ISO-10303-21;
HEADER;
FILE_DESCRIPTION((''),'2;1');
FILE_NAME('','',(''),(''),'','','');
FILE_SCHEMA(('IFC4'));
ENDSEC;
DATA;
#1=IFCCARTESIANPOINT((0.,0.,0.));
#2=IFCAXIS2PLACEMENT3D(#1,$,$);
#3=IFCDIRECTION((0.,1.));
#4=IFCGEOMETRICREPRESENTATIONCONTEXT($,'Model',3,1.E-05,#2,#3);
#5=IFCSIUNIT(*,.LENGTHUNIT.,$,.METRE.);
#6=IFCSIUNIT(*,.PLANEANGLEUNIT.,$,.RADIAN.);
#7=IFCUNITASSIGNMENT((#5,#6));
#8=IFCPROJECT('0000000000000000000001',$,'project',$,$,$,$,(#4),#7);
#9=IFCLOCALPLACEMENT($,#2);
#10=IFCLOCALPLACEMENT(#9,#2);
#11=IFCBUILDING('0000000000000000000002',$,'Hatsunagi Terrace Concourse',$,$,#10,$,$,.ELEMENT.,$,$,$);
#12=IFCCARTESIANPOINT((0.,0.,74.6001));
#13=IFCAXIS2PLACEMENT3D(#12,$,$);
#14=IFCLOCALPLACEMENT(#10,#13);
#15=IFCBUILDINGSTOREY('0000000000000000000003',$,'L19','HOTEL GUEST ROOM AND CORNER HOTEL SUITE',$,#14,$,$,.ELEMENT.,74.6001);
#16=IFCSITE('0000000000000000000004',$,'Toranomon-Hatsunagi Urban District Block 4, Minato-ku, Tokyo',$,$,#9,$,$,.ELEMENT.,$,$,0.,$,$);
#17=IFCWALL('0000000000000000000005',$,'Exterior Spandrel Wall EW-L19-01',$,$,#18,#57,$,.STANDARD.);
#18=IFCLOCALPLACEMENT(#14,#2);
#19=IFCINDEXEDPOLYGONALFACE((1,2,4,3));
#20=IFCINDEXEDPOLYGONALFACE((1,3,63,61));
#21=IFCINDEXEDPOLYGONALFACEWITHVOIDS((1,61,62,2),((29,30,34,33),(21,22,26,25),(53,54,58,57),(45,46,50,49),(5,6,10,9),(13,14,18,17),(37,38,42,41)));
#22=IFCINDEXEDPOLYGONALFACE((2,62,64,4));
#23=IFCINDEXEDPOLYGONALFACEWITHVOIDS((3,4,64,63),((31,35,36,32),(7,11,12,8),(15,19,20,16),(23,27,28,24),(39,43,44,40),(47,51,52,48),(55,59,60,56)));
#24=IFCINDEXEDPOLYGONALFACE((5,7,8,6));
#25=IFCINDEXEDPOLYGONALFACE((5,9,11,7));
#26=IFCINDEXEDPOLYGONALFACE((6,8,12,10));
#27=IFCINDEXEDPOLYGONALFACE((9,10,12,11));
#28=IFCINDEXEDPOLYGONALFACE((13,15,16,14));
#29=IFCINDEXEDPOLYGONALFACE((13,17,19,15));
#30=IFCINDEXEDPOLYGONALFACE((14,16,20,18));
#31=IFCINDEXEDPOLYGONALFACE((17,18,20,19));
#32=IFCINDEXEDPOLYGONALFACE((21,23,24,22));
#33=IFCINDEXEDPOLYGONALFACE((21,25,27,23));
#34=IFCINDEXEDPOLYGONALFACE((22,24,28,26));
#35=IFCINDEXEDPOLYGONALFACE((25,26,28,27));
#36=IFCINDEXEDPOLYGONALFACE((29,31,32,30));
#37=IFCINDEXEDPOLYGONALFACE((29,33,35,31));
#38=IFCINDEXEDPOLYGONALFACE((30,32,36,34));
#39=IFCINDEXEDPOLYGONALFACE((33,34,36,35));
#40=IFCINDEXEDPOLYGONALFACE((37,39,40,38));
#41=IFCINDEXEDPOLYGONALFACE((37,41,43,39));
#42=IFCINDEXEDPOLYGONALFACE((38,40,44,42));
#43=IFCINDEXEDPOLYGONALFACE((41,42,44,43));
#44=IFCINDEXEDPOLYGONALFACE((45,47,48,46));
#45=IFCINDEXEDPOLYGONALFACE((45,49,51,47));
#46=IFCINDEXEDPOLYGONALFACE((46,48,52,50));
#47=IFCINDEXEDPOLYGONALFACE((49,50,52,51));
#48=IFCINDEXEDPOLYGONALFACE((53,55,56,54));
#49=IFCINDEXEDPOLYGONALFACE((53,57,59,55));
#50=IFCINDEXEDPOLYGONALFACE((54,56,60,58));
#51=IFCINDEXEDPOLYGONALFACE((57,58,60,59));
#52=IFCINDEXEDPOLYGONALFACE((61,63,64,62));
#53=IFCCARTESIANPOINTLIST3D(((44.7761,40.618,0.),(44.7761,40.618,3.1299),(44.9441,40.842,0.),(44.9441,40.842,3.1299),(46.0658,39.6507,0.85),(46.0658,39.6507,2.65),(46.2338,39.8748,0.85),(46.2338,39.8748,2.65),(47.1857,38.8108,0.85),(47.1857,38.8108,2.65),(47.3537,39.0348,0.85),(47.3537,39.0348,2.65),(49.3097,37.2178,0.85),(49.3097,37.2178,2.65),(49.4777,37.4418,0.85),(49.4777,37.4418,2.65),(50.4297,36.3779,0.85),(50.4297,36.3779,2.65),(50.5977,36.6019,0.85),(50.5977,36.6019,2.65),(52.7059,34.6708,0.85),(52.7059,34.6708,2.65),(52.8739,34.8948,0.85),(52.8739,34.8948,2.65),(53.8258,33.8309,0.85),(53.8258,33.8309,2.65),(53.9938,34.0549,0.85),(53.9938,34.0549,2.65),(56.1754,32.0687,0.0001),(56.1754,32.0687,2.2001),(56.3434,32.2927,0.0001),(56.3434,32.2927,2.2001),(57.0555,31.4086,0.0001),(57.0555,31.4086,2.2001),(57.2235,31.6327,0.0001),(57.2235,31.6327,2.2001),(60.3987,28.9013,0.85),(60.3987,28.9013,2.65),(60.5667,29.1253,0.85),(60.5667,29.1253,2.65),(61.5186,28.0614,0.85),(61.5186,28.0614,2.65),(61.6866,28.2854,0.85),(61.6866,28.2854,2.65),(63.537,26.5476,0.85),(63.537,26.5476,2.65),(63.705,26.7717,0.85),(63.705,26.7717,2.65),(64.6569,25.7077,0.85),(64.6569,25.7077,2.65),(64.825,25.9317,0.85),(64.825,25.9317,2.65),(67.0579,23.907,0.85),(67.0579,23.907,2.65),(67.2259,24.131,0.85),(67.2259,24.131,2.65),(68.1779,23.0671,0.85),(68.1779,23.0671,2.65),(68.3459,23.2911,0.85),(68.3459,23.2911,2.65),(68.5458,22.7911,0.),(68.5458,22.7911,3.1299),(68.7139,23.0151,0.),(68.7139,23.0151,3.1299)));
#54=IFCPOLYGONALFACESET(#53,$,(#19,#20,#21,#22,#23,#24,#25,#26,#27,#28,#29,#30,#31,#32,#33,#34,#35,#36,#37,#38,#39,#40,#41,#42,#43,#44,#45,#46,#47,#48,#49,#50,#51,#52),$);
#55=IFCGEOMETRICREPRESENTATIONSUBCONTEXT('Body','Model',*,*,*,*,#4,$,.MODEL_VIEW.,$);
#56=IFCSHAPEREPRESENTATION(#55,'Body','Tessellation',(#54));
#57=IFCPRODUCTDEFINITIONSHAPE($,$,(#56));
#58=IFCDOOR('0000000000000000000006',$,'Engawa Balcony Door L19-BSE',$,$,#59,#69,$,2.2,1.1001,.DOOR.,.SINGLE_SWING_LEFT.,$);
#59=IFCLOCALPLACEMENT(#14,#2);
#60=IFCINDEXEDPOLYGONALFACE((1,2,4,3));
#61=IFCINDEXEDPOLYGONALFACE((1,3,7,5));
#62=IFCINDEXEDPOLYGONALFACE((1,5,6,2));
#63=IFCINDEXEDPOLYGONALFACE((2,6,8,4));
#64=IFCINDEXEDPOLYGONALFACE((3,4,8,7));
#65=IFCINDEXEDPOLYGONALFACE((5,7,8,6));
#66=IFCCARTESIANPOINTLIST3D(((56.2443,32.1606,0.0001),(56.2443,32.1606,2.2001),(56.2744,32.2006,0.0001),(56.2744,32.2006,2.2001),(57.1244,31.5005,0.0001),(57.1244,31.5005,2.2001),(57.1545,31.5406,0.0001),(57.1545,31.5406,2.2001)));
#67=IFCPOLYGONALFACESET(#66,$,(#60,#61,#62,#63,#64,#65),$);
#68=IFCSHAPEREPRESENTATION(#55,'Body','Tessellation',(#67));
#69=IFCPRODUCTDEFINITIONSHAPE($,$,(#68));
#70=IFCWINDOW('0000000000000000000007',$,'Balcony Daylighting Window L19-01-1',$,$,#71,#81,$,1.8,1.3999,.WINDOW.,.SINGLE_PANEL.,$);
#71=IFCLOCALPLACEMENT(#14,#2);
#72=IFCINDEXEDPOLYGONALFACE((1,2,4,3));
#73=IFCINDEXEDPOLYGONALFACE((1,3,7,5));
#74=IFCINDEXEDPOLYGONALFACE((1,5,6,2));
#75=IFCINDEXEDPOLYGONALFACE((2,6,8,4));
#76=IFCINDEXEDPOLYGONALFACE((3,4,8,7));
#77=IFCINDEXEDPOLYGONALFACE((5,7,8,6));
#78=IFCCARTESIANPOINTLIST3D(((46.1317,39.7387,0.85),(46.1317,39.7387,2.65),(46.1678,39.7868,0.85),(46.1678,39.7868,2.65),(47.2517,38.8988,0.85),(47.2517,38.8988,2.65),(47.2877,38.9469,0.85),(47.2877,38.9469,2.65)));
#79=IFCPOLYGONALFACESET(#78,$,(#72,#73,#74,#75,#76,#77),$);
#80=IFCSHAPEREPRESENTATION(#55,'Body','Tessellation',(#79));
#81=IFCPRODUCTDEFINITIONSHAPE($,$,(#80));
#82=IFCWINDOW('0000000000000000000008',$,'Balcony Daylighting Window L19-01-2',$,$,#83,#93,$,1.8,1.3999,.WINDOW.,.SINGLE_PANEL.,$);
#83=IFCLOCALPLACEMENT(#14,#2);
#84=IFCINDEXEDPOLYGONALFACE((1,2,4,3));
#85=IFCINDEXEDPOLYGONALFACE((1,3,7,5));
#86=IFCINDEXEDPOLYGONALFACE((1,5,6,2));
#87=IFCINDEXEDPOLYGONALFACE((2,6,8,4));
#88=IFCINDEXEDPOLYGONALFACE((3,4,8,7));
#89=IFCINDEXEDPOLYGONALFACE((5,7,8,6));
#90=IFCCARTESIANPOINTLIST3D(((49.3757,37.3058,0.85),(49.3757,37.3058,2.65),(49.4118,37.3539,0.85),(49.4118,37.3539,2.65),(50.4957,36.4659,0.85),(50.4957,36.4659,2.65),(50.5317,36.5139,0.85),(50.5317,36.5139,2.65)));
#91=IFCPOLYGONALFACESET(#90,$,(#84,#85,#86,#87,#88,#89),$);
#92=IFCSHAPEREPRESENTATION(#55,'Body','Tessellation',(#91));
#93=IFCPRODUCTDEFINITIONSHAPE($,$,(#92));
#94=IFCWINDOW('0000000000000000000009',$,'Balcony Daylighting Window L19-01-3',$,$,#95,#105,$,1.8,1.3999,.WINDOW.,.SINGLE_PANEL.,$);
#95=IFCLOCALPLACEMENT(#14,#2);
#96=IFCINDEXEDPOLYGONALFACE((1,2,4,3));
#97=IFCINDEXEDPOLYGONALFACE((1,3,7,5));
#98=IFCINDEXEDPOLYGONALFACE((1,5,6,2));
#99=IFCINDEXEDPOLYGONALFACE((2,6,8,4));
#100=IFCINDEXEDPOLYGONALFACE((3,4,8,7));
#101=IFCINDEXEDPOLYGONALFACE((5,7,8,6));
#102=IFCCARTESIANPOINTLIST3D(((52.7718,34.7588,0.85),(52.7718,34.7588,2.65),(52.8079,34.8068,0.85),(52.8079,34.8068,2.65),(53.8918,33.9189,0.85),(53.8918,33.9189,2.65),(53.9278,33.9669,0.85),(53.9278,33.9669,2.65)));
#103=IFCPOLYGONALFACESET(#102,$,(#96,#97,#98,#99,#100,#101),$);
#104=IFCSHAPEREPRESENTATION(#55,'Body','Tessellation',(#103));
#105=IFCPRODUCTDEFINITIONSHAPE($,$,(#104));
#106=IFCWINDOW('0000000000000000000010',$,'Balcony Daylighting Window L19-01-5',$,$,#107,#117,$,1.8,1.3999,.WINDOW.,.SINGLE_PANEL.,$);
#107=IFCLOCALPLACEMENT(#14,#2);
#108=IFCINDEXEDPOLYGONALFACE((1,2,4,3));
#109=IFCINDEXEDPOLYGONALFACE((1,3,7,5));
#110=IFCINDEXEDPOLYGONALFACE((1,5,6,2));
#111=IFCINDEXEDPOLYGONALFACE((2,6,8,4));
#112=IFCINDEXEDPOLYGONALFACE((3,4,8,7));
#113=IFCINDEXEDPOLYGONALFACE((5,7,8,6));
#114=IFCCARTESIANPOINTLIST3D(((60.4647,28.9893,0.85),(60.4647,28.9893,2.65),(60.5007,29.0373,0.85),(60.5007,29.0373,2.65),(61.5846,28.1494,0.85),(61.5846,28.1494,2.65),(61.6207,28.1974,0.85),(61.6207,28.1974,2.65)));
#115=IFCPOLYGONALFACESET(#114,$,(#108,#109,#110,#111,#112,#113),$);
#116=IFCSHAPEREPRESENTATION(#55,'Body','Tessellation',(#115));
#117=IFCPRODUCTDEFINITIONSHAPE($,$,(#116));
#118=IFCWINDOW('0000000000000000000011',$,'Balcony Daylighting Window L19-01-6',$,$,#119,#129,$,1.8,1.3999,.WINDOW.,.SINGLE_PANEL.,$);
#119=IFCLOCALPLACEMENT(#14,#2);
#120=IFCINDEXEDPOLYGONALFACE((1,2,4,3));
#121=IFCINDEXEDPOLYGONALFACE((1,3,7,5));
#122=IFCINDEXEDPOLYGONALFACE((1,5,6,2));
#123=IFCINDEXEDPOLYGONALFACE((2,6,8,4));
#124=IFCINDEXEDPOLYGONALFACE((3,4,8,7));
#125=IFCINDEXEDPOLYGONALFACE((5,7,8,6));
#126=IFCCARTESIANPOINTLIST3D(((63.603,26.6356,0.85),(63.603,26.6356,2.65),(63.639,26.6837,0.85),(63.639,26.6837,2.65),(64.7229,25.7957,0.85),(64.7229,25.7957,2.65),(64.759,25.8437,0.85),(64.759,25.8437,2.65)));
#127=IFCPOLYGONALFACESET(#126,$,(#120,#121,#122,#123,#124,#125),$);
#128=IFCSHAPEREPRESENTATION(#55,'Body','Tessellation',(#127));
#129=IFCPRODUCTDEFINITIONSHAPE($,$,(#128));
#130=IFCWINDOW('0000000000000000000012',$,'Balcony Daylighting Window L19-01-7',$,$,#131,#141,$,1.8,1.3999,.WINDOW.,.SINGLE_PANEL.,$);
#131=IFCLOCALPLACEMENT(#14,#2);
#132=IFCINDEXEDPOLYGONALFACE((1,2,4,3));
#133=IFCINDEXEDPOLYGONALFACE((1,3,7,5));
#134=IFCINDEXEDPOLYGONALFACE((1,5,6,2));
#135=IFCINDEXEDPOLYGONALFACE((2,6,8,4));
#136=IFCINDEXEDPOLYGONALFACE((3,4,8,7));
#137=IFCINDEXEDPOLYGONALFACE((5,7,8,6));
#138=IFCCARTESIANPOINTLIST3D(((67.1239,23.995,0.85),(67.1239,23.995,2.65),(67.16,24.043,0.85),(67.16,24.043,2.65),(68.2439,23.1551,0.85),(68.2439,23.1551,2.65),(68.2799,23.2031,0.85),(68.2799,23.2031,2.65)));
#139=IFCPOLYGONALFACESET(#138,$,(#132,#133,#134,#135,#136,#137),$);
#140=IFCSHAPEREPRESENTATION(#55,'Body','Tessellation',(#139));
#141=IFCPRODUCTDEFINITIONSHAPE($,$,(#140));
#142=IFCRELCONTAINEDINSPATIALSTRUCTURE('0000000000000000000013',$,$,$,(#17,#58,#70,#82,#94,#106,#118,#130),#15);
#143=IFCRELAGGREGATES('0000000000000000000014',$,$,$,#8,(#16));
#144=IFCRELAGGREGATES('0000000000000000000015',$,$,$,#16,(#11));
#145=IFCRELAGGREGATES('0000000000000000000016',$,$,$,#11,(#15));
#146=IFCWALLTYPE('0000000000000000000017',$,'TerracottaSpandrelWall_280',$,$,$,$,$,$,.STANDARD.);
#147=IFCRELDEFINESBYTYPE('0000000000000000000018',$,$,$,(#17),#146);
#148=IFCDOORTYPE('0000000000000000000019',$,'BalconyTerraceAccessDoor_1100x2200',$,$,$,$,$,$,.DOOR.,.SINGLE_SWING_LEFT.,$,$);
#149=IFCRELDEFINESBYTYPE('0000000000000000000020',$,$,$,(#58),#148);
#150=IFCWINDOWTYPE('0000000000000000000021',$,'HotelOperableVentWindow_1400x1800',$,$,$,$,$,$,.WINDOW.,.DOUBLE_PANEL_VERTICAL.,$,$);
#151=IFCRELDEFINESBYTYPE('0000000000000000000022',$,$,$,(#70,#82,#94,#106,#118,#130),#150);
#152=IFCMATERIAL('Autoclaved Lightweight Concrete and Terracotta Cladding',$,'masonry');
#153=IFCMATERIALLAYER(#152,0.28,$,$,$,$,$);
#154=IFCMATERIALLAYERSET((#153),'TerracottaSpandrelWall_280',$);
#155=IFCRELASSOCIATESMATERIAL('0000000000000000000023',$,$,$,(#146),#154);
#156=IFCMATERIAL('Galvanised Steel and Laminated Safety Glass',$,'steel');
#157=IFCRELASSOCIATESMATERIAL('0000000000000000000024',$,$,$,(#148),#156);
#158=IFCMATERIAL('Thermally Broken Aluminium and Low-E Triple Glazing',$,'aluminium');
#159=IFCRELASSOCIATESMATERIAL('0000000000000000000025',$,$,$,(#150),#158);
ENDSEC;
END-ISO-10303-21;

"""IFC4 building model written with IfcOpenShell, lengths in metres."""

from ifc_helpers import new_model, si_unit, direction, frame, frame_2d, origin, place, context, subcontext, project, spatial, rectangle, extrude, material, layer, layer_set, type_object, element, fill, save


model = new_model("IFC4")

# Units and contexts
model_context = context("Model", 3, precision=1e-05, world=origin(), true_north=direction((0.0, 1.0)))
body_context = subcontext(model_context, "Body", "Model", "MODEL_VIEW")
ifc_project = project(units=[si_unit("LENGTHUNIT", "METRE"), si_unit("PLANEANGLEUNIT", "RADIAN")], contexts=[model_context])

# Site, building, storey
site_placement = place(None, origin())
site = spatial("IfcSite", under=ifc_project, at=site_placement, Name="Toranomon-Hatsunagi Urban District Block 4, Minato-ku, Tokyo", CompositionType="ELEMENT", RefElevation=0.0)
building_placement = place(site_placement, origin())
building = spatial("IfcBuilding", under=site, at=building_placement, Name="Hatsunagi Terrace Concourse", CompositionType="ELEMENT")
storey_placement = place(building_placement, frame((0.0, 0.0, 74.6001)))
storey = spatial("IfcBuildingStorey", under=building, at=storey_placement, Name="L19", Description="HOTEL GUEST ROOM AND CORNER HOTEL SUITE", CompositionType="ELEMENT", Elevation=74.6001)

# Wall, openings, door, windows
ifc_material_1 = material(Name="Autoclaved Lightweight Concrete and Terracotta Cladding", Category="masonry")
ifc_layer_1 = layer(ifc_material_1, 0.28)
ifc_layer_set_1 = layer_set([ifc_layer_1], Name="TerracottaSpandrelWall_280")
wall_type = type_object("IfcWallType", Name="TerracottaSpandrelWall_280", PredefinedType="STANDARD", material=ifc_layer_set_1)
wall_placement = place(storey_placement, frame((44.8601, 40.73, 0.0), z_axis=(0.0, 0.0, 1.0), x_axis=(0.800007, -0.599991, 0.0)))
wall = element("IfcWall", 1, at=wall_placement, inside=storey, type_object=wall_type, Name="Exterior Spandrel Wall EW-L19-01", PredefinedType="STANDARD", context=body_context, shape_type="SweptSolid", body=[
    extrude(rectangle(XDim=29.7119, YDim=0.28, at=frame_2d((14.856, 0.0))), origin(), (0.0, 0.0, 1.0), 3.1299),
])
opening_1_placement = place(wall_placement, frame((14.249, 0.0, 0.0)))
opening_1 = element("IfcOpeningElement", 2, at=opening_1_placement, cuts=wall, PredefinedType="OPENING", context=body_context, shape_type="SweptSolid", body=[
    extrude(rectangle(XDim=1.1001, YDim=2.2, at=frame_2d((0.55, 1.1001))), frame((0.0, 0.1499, 0.0), z_axis=(0.0, -1.0, 0.0), x_axis=(1.0, 0.0, 0.0)), (0.0, 0.0, 1.0), 0.3),
])
opening_2_placement = place(wall_placement, frame((1.6121, 0.0, 0.8501)))
opening_2 = element("IfcOpeningElement", 3, at=opening_2_placement, cuts=wall, PredefinedType="OPENING", context=body_context, shape_type="SweptSolid", body=[
    extrude(rectangle(XDim=1.3999, YDim=1.8, at=frame_2d((0.7, 0.8999))), frame((0.0, 0.1499, 0.0), z_axis=(0.0, -1.0, 0.0), x_axis=(1.0, 0.0, 0.0)), (0.0, 0.0, 1.0), 0.3),
])
opening_3_placement = place(wall_placement, frame((5.667, 0.0, 0.8501)))
opening_3 = element("IfcOpeningElement", 4, at=opening_3_placement, cuts=wall, PredefinedType="OPENING", context=body_context, shape_type="SweptSolid", body=[
    extrude(rectangle(XDim=1.3999, YDim=1.8, at=frame_2d((0.7, 0.8999))), frame((0.0, 0.1499, 0.0), z_axis=(0.0, -1.0, 0.0), x_axis=(1.0, 0.0, 0.0)), (0.0, 0.0, 1.0), 0.3),
])
opening_4_placement = place(wall_placement, frame((9.9121, 0.0, 0.8501)))
opening_4 = element("IfcOpeningElement", 5, at=opening_4_placement, cuts=wall, PredefinedType="OPENING", context=body_context, shape_type="SweptSolid", body=[
    extrude(rectangle(XDim=1.3999, YDim=1.8, at=frame_2d((0.7, 0.8999))), frame((0.0, 0.1499, 0.0), z_axis=(0.0, -1.0, 0.0), x_axis=(1.0, 0.0, 0.0)), (0.0, 0.0, 1.0), 0.3),
])
opening_5_placement = place(wall_placement, frame((19.5281, 0.0, 0.8501)))
opening_5 = element("IfcOpeningElement", 6, at=opening_5_placement, cuts=wall, PredefinedType="OPENING", context=body_context, shape_type="SweptSolid", body=[
    extrude(rectangle(XDim=1.3999, YDim=1.8, at=frame_2d((0.7, 0.8999))), frame((0.0, 0.1499, 0.0), z_axis=(0.0, -1.0, 0.0), x_axis=(1.0, 0.0, 0.0)), (0.0, 0.0, 1.0), 0.3),
])
opening_6_placement = place(wall_placement, frame((23.4509, 0.0, 0.8501)))
opening_6 = element("IfcOpeningElement", 7, at=opening_6_placement, cuts=wall, PredefinedType="OPENING", context=body_context, shape_type="SweptSolid", body=[
    extrude(rectangle(XDim=1.3999, YDim=1.8, at=frame_2d((0.7, 0.8999))), frame((0.0, 0.1499, 0.0), z_axis=(0.0, -1.0, 0.0), x_axis=(1.0, 0.0, 0.0)), (0.0, 0.0, 1.0), 0.3),
])
opening_7_placement = place(wall_placement, frame((27.8521, 0.0, 0.8501)))
opening_7 = element("IfcOpeningElement", 8, at=opening_7_placement, cuts=wall, PredefinedType="OPENING", context=body_context, shape_type="SweptSolid", body=[
    extrude(rectangle(XDim=1.3999, YDim=1.8, at=frame_2d((0.7, 0.8999))), frame((0.0, 0.1499, 0.0), z_axis=(0.0, -1.0, 0.0), x_axis=(1.0, 0.0, 0.0)), (0.0, 0.0, 1.0), 0.3),
])
ifc_material_2 = material(Name="Galvanised Steel and Laminated Safety Glass", Category="steel")
door_type = type_object("IfcDoorType", Name="BalconyTerraceAccessDoor_1100x2200", OperationType="SINGLE_SWING_LEFT", PredefinedType="DOOR", material=ifc_material_2)
door_placement = place(opening_1_placement, origin())
door = element("IfcDoor", 9, at=door_placement, inside=storey, type_object=door_type, Name="Engawa Balcony Door L19-BSE", OperationType="SINGLE_SWING_LEFT", OverallHeight=2.2, OverallWidth=1.1001, PredefinedType="DOOR", context=body_context, shape_type="SweptSolid", body=[
    extrude(rectangle(XDim=1.1001, YDim=2.2, at=frame_2d((0.55, 1.1001))), frame((0.0, 0.0249, 0.0), z_axis=(0.0, -1.0, 0.0), x_axis=(1.0, 0.0, 0.0)), (0.0, 0.0, 1.0), 0.05),
])
fill(opening_1, door)
ifc_material_3 = material(Name="Thermally Broken Aluminium and Low-E Triple Glazing", Category="aluminium")
window_type = type_object("IfcWindowType", Name="HotelOperableVentWindow_1400x1800", PartitioningType="DOUBLE_PANEL_VERTICAL", PredefinedType="WINDOW", material=ifc_material_3)
window_1_placement = place(opening_2_placement, origin())
window_1 = element("IfcWindow", 10, at=window_1_placement, inside=storey, type_object=window_type, Name="Balcony Daylighting Window L19-01-1", OverallHeight=1.8, OverallWidth=1.3999, PartitioningType="SINGLE_PANEL", PredefinedType="WINDOW", context=body_context, shape_type="SweptSolid", body=[
    extrude(rectangle(XDim=1.3999, YDim=1.8, at=frame_2d((0.7, 0.8999))), frame((0.0, 0.03, 0.0), z_axis=(0.0, -1.0, 0.0), x_axis=(1.0, 0.0, 0.0)), (0.0, 0.0, 1.0), 0.0601),
])
fill(opening_2, window_1)
window_2_placement = place(opening_3_placement, origin())
window_2 = element("IfcWindow", 11, at=window_2_placement, inside=storey, type_object=window_type, Name="Balcony Daylighting Window L19-01-2", OverallHeight=1.8, OverallWidth=1.3999, PartitioningType="SINGLE_PANEL", PredefinedType="WINDOW", context=body_context, shape_type="SweptSolid", body=[
    extrude(rectangle(XDim=1.3999, YDim=1.8, at=frame_2d((0.7, 0.8999))), frame((0.0, 0.03, 0.0), z_axis=(0.0, -1.0, 0.0), x_axis=(1.0, 0.0, 0.0)), (0.0, 0.0, 1.0), 0.0601),
])
fill(opening_3, window_2)
window_3_placement = place(opening_4_placement, origin())
window_3 = element("IfcWindow", 12, at=window_3_placement, inside=storey, type_object=window_type, Name="Balcony Daylighting Window L19-01-3", OverallHeight=1.8, OverallWidth=1.3999, PartitioningType="SINGLE_PANEL", PredefinedType="WINDOW", context=body_context, shape_type="SweptSolid", body=[
    extrude(rectangle(XDim=1.3999, YDim=1.8, at=frame_2d((0.7, 0.8999))), frame((0.0, 0.03, 0.0), z_axis=(0.0, -1.0, 0.0), x_axis=(1.0, 0.0, 0.0)), (0.0, 0.0, 1.0), 0.0601),
])
fill(opening_4, window_3)
window_4_placement = place(opening_5_placement, origin())
window_4 = element("IfcWindow", 13, at=window_4_placement, inside=storey, type_object=window_type, Name="Balcony Daylighting Window L19-01-5", OverallHeight=1.8, OverallWidth=1.3999, PartitioningType="SINGLE_PANEL", PredefinedType="WINDOW", context=body_context, shape_type="SweptSolid", body=[
    extrude(rectangle(XDim=1.3999, YDim=1.8, at=frame_2d((0.7, 0.8999))), frame((0.0, 0.03, 0.0), z_axis=(0.0, -1.0, 0.0), x_axis=(1.0, 0.0, 0.0)), (0.0, 0.0, 1.0), 0.0601),
])
fill(opening_5, window_4)
window_5_placement = place(opening_6_placement, origin())
window_5 = element("IfcWindow", 14, at=window_5_placement, inside=storey, type_object=window_type, Name="Balcony Daylighting Window L19-01-6", OverallHeight=1.8, OverallWidth=1.3999, PartitioningType="SINGLE_PANEL", PredefinedType="WINDOW", context=body_context, shape_type="SweptSolid", body=[
    extrude(rectangle(XDim=1.3999, YDim=1.8, at=frame_2d((0.7, 0.8999))), frame((0.0, 0.03, 0.0), z_axis=(0.0, -1.0, 0.0), x_axis=(1.0, 0.0, 0.0)), (0.0, 0.0, 1.0), 0.0601),
])
fill(opening_6, window_5)
window_6_placement = place(opening_7_placement, origin())
window_6 = element("IfcWindow", 15, at=window_6_placement, inside=storey, type_object=window_type, Name="Balcony Daylighting Window L19-01-7", OverallHeight=1.8, OverallWidth=1.3999, PartitioningType="SINGLE_PANEL", PredefinedType="WINDOW", context=body_context, shape_type="SweptSolid", body=[
    extrude(rectangle(XDim=1.3999, YDim=1.8, at=frame_2d((0.7, 0.8999))), frame((0.0, 0.03, 0.0), z_axis=(0.0, -1.0, 0.0), x_axis=(1.0, 0.0, 0.0)), (0.0, 0.0, 1.0), 0.0601),
])
fill(opening_7, window_6)

save(model, "model.ifc")
